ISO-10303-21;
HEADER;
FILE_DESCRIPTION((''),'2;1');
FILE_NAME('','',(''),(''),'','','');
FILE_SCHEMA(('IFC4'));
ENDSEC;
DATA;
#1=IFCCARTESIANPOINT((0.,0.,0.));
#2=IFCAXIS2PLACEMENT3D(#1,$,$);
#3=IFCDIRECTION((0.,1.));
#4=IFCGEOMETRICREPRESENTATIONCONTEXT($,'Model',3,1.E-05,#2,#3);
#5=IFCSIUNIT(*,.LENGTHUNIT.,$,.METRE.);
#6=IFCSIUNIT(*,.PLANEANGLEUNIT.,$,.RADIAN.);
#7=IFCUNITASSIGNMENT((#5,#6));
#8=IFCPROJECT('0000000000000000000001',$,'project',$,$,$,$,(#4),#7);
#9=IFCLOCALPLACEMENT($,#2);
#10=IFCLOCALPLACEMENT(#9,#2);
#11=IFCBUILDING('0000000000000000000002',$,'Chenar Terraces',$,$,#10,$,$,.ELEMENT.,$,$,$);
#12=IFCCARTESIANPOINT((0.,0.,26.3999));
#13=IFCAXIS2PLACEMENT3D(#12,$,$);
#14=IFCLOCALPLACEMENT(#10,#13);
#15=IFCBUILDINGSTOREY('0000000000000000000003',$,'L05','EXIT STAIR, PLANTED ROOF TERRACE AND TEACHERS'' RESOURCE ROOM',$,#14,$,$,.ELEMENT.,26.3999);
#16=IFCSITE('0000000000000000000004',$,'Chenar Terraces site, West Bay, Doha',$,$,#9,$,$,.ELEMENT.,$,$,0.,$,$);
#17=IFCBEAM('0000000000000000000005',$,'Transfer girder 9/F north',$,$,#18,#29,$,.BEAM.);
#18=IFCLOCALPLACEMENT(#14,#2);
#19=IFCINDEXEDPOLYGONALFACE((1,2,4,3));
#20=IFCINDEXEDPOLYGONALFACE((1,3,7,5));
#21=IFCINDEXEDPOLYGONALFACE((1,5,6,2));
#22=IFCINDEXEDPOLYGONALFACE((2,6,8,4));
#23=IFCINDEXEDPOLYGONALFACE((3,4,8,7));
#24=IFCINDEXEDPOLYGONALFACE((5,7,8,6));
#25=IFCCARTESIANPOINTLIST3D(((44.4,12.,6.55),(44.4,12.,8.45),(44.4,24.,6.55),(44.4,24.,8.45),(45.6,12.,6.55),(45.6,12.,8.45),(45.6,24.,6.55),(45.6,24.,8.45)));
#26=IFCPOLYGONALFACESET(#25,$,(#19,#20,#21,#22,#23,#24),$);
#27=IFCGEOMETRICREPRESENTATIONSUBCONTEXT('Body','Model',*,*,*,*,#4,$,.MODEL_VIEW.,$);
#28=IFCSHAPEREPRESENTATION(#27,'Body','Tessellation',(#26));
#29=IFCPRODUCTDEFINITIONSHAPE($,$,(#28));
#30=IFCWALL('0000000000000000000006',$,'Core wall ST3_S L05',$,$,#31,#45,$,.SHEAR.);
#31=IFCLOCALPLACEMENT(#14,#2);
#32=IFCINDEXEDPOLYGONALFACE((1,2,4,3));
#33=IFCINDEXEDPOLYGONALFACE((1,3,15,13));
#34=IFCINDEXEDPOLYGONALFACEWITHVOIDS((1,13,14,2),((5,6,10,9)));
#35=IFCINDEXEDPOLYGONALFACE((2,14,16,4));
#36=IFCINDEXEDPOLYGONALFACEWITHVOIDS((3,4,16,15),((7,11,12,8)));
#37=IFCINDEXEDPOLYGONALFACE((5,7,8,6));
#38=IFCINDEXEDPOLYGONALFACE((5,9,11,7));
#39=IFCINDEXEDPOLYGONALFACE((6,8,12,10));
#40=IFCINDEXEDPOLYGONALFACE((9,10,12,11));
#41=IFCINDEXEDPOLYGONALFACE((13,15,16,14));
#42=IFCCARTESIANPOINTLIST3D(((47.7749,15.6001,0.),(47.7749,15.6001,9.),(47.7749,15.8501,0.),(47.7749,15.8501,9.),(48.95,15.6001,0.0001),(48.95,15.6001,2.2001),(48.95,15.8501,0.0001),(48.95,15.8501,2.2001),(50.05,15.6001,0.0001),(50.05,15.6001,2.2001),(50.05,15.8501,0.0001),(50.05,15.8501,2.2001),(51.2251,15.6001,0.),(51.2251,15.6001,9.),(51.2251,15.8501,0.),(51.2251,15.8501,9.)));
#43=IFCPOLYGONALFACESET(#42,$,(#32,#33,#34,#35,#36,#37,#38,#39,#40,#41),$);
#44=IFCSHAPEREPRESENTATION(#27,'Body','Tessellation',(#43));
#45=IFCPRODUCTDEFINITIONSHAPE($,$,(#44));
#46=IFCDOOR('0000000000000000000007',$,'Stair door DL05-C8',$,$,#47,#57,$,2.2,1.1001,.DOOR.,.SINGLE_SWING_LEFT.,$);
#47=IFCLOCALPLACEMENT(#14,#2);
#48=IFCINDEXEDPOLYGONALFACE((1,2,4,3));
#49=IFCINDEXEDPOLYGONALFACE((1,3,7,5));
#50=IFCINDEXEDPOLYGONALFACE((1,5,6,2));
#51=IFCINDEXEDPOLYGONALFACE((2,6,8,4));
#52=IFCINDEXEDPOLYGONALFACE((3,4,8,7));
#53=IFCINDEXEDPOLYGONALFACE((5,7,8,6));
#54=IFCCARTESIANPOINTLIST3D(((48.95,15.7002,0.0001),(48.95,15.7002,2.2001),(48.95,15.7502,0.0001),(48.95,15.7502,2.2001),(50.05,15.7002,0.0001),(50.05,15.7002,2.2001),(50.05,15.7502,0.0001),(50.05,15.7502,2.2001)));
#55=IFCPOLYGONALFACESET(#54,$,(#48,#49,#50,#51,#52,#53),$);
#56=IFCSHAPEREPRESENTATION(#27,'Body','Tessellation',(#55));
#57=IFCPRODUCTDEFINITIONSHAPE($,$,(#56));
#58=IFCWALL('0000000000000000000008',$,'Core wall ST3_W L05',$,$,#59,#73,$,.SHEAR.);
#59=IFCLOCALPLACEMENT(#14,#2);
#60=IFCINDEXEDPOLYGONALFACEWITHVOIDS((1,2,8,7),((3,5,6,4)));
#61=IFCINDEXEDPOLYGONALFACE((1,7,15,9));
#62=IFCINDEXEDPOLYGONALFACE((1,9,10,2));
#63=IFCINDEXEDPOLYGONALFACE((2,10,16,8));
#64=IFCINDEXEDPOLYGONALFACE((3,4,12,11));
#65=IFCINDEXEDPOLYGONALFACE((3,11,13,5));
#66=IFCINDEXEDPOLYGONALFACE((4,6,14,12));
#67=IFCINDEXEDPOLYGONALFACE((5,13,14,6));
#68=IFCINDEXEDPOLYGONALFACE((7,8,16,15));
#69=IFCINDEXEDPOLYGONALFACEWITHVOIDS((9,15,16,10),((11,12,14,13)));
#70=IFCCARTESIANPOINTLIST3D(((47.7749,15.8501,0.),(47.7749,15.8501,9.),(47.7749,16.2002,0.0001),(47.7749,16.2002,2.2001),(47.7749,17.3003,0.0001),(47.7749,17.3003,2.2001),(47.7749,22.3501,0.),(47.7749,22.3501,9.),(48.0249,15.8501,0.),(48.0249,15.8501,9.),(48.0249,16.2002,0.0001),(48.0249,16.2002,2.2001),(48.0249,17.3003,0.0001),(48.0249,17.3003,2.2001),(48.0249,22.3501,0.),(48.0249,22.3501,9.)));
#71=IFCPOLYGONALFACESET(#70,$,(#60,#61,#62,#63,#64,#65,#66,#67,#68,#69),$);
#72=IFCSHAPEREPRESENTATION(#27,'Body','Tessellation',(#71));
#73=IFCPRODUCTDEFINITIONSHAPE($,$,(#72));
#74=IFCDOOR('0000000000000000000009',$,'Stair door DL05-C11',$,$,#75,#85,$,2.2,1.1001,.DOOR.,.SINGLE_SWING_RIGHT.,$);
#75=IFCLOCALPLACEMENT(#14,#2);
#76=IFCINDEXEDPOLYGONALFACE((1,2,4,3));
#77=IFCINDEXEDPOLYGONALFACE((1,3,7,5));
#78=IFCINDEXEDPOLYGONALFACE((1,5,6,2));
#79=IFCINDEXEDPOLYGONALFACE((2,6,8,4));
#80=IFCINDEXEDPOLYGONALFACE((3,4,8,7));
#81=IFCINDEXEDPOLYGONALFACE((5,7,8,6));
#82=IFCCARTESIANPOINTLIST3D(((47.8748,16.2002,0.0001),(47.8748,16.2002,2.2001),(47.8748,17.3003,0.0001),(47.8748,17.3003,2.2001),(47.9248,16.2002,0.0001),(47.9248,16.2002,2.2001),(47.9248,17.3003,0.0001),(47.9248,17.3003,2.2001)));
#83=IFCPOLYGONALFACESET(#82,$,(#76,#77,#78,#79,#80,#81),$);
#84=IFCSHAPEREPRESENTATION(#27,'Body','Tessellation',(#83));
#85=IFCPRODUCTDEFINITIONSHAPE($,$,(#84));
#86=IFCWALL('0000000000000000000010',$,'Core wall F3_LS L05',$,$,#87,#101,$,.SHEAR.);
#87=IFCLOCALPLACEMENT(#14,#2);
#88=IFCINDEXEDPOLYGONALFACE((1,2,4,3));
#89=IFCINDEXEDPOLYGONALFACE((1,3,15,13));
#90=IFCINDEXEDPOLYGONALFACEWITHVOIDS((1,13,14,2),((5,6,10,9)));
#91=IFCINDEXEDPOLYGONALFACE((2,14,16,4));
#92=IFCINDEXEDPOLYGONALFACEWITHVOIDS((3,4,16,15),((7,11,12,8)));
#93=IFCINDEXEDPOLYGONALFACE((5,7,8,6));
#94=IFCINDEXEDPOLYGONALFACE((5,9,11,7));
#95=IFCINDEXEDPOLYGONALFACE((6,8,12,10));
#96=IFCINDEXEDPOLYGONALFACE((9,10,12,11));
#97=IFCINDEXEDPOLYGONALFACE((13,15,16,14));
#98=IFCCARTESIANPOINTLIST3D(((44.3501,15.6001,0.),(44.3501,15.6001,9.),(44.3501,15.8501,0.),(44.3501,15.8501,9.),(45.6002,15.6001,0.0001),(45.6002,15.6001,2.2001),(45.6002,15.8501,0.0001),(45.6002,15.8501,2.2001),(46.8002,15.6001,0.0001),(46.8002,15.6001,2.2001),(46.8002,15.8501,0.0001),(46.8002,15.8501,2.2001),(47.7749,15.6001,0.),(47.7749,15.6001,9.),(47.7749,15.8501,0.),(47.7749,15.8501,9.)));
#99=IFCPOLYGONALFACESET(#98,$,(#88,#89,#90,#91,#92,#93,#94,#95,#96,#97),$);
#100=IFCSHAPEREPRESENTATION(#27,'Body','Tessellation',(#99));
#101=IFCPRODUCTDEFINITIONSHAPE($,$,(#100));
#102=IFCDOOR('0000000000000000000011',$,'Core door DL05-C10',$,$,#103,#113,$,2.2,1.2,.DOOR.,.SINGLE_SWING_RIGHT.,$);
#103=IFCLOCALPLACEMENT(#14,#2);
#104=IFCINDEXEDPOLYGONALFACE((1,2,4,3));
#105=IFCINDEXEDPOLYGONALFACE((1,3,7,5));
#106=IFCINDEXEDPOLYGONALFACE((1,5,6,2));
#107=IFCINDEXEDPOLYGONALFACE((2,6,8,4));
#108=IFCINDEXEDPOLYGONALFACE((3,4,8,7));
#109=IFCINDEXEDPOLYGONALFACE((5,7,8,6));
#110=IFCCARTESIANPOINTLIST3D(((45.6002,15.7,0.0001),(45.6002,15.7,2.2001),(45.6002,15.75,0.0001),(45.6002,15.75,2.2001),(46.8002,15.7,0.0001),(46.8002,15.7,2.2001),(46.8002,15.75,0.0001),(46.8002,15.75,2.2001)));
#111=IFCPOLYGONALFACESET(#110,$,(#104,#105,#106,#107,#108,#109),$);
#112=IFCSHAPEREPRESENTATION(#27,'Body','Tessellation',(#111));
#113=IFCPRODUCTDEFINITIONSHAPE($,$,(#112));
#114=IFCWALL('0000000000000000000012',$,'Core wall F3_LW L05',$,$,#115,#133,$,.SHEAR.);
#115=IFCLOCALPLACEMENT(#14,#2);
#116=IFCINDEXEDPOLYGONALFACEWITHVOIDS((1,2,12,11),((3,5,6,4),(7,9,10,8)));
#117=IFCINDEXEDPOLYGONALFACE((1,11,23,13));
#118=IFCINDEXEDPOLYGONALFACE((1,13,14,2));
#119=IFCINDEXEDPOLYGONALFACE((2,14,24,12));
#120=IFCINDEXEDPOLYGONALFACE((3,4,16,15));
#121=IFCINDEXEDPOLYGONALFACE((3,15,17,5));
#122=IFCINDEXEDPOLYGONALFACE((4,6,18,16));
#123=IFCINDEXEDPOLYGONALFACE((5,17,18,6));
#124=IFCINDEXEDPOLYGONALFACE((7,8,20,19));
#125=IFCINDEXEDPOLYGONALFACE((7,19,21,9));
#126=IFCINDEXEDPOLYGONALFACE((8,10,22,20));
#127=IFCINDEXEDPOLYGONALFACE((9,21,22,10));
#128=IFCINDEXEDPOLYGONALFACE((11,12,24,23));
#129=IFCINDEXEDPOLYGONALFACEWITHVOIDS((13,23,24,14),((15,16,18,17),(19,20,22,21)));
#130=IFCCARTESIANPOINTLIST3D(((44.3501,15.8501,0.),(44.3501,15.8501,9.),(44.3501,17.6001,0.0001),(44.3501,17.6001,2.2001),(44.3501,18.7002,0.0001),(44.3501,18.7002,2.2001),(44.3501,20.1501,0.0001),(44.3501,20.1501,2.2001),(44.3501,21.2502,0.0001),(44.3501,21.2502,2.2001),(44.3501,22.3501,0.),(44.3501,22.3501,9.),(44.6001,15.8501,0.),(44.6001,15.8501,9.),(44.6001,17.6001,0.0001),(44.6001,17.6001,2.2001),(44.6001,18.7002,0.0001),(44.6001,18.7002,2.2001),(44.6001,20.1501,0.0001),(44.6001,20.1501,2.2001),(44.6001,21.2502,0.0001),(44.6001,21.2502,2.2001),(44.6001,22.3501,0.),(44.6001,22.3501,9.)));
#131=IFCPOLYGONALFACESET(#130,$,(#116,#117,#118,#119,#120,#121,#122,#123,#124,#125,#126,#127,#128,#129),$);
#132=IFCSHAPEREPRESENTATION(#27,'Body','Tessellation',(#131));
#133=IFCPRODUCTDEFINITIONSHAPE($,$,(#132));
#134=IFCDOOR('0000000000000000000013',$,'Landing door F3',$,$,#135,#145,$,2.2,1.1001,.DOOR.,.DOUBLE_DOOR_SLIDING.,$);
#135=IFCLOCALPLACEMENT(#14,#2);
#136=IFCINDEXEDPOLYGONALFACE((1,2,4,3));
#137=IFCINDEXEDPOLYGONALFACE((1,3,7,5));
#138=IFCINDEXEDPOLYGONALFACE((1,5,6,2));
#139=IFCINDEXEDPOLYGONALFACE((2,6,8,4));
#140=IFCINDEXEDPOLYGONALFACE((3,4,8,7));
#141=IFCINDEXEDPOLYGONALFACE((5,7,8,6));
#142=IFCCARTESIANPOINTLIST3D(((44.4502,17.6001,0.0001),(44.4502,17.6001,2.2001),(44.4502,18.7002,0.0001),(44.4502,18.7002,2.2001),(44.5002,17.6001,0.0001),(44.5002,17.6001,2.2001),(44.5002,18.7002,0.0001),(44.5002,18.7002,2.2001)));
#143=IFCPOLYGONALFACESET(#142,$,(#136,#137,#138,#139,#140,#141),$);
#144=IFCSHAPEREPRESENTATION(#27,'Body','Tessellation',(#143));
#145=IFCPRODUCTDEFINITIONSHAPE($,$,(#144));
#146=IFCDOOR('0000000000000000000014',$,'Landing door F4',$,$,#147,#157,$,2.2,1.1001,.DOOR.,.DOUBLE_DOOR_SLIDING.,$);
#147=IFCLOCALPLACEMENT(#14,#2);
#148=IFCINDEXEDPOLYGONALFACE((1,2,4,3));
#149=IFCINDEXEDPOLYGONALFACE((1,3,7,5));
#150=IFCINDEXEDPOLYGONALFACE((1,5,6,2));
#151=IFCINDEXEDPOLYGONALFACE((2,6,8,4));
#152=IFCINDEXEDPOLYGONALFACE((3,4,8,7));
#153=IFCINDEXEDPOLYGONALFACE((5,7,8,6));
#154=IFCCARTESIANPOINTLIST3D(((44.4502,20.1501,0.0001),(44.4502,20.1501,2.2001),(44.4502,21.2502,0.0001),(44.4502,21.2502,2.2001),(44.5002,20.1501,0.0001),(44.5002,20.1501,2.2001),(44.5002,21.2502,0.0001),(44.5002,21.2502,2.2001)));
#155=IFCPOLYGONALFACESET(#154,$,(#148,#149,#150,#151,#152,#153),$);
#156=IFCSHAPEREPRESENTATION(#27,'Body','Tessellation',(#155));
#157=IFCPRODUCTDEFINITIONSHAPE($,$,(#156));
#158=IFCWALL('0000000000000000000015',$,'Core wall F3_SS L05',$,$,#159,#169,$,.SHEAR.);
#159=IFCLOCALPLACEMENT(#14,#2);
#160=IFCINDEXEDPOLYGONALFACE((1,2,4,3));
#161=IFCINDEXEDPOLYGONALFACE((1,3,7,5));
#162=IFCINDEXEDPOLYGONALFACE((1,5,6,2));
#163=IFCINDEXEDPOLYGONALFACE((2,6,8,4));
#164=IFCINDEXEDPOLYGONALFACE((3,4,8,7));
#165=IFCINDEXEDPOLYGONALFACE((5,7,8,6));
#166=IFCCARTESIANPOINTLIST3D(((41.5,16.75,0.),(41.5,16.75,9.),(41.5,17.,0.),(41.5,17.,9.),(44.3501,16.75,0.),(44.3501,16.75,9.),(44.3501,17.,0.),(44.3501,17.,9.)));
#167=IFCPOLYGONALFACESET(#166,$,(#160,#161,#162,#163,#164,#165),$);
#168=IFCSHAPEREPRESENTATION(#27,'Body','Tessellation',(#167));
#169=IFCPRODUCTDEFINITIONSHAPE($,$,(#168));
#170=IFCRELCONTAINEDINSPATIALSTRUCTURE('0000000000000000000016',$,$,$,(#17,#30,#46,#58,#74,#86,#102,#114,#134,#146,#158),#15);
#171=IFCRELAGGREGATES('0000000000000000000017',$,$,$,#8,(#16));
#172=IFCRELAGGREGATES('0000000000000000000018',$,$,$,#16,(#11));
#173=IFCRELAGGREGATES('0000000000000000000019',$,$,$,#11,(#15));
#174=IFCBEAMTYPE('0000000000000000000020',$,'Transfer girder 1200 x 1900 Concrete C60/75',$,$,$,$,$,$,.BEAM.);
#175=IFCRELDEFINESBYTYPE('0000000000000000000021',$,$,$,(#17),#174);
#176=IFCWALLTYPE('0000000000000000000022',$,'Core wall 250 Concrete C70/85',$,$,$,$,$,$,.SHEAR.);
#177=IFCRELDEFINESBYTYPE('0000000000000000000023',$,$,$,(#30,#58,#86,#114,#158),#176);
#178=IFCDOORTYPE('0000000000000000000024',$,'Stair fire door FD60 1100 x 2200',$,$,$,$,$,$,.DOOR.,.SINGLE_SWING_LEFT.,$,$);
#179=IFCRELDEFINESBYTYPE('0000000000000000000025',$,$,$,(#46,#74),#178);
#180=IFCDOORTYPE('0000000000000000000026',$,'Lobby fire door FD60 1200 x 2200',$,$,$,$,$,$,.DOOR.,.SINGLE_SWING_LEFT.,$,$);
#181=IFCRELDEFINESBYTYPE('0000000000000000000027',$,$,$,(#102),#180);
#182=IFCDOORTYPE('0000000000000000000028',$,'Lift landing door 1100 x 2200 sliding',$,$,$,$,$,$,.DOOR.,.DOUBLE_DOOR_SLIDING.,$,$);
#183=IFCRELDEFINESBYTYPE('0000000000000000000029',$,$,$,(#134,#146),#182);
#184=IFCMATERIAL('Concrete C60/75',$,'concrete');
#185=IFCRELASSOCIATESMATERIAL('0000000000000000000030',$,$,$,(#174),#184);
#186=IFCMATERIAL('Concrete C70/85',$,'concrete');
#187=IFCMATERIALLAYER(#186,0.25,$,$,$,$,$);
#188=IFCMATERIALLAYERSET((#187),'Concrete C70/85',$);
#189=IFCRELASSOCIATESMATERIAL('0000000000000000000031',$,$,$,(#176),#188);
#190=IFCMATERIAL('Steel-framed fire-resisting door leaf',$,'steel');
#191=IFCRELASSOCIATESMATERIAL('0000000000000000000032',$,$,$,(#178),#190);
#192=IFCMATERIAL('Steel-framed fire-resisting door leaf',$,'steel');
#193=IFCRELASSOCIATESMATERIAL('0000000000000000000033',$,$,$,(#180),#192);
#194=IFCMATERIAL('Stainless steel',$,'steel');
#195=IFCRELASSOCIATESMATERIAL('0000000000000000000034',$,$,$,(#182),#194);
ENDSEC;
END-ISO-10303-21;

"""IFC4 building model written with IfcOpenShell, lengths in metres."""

from ifc_helpers import new_model, si_unit, direction, frame, frame_2d, origin, origin_2d, place, context, subcontext, project, spatial, rectangle, extrude, material, layer, layer_set, material_profile, profile_set, type_object, element, fill, save


model = new_model("IFC4")

# Units and contexts
model_context = context("Model", 3, precision=1e-05, world=origin(), true_north=direction((0.0, 1.0)))
body_context = subcontext(model_context, "Body", "Model", "MODEL_VIEW")
ifc_project = project(units=[si_unit("LENGTHUNIT", "METRE"), si_unit("PLANEANGLEUNIT", "RADIAN")], contexts=[model_context])

# Site, building, storey
site_placement = place(None, origin())
site = spatial("IfcSite", under=ifc_project, at=site_placement, Name="Chenar Terraces site, West Bay, Doha", CompositionType="ELEMENT", RefElevation=0.0)
building_placement = place(site_placement, origin())
building = spatial("IfcBuilding", under=site, at=building_placement, Name="Chenar Terraces", CompositionType="ELEMENT")
storey_placement = place(building_placement, frame((0.0, 0.0, 26.3999)))
storey = spatial("IfcBuildingStorey", under=building, at=storey_placement, Name="L05", Description="EXIT STAIR, PLANTED ROOF TERRACE AND TEACHERS' RESOURCE ROOM", CompositionType="ELEMENT", Elevation=26.3999)

# Beam
ifc_material_1 = material(Name="Concrete C60/75", Category="concrete")
ifc_material_profile = material_profile(ifc_material_1, rectangle(XDim=1.2, YDim=1.8999, at=origin_2d()), Name="RC 1200 x 1900")
ifc_profile_set = profile_set([ifc_material_profile], Name="Concrete C60/75")
beam_type = type_object("IfcBeamType", Name="Transfer girder 1200 x 1900 Concrete C60/75", PredefinedType="BEAM", material=ifc_profile_set)
beam_placement = place(storey_placement, frame((45.0, 12.0, 8.45), z_axis=(0.0, 1.0, 0.0), x_axis=(-1.0, 0.0, 0.0)))
element("IfcBeam", 1, at=beam_placement, inside=storey, type_object=beam_type, Name="Transfer girder 9/F north", PredefinedType="BEAM", context=body_context, shape_type="SweptSolid", body=[
    extrude(rectangle(XDim=1.2, YDim=1.8999, at=frame_2d((0.0, -0.95))), origin(), (0.0, 0.0, 1.0), 12.0),
])

# Walls, openings, doors
ifc_material_2 = material(Name="Concrete C70/85", Category="concrete")
ifc_layer_1 = layer(ifc_material_2, 0.25)
ifc_layer_set_1 = layer_set([ifc_layer_1], Name="Concrete C70/85")
wall_type_1 = type_object("IfcWallType", Name="Core wall 250 Concrete C70/85", PredefinedType="SHEAR", material=ifc_layer_set_1)
wall_1_placement = place(storey_placement, frame((47.7749, 15.7251, 0.0), z_axis=(0.0, 0.0, 1.0), x_axis=(1.0, 0.0, 0.0)))
wall_1 = element("IfcWall", 2, at=wall_1_placement, inside=storey, type_object=wall_type_1, Name="Core wall ST3_S L05", PredefinedType="SHEAR", context=body_context, shape_type="SweptSolid", body=[
    extrude(rectangle(XDim=3.4502, YDim=0.25, at=frame_2d((1.7251, 0.0))), origin(), (0.0, 0.0, 1.0), 9.0),
])
opening_1_placement = place(wall_1_placement, frame((1.175, 0.0, 0.0)))
opening_1 = element("IfcOpeningElement", 3, at=opening_1_placement, cuts=wall_1, PredefinedType="OPENING", context=body_context, shape_type="SweptSolid", body=[
    extrude(rectangle(XDim=1.1001, YDim=2.2, at=frame_2d((0.55, 1.1001))), frame((0.0, 0.135, 0.0), z_axis=(0.0, -1.0, 0.0), x_axis=(1.0, 0.0, 0.0)), (0.0, 0.0, 1.0), 0.27),
])
ifc_material_3 = material(Name="Steel-framed fire-resisting door leaf", Category="steel")
door_type_1 = type_object("IfcDoorType", Name="Stair fire door FD60 1100 x 2200", OperationType="SINGLE_SWING_LEFT", PredefinedType="DOOR", material=ifc_material_3)
door_1_placement = place(opening_1_placement, frame((1.1001, 0.0, 0.0), z_axis=(0.0, 0.0, 1.0), x_axis=(-1.0, 0.0, 0.0)))
door_1 = element("IfcDoor", 4, at=door_1_placement, inside=storey, type_object=door_type_1, Name="Stair door DL05-C8", OperationType="SINGLE_SWING_LEFT", OverallHeight=2.2, OverallWidth=1.1001, PredefinedType="DOOR", context=body_context, shape_type="SweptSolid", body=[
    extrude(rectangle(XDim=1.1001, YDim=2.2, at=frame_2d((0.55, 1.1001))), frame((0.0, 0.0249, 0.0), z_axis=(0.0, -1.0, 0.0), x_axis=(1.0, 0.0, 0.0)), (0.0, 0.0, 1.0), 0.05),
])
fill(opening_1, door_1)
wall_2_placement = place(storey_placement, frame((47.8999, 15.8501, 0.0), z_axis=(0.0, 0.0, 1.0), x_axis=(0.0, 1.0, 0.0)))
wall_2 = element("IfcWall", 5, at=wall_2_placement, inside=storey, type_object=wall_type_1, Name="Core wall ST3_W L05", PredefinedType="SHEAR", context=body_context, shape_type="SweptSolid", body=[
    extrude(rectangle(XDim=6.5, YDim=0.25, at=frame_2d((3.25, 0.0))), origin(), (0.0, 0.0, 1.0), 9.0),
])
opening_2_placement = place(wall_2_placement, frame((0.3501, 0.0, 0.0)))
opening_2 = element("IfcOpeningElement", 6, at=opening_2_placement, cuts=wall_2, PredefinedType="OPENING", context=body_context, shape_type="SweptSolid", body=[
    extrude(rectangle(XDim=1.1001, YDim=2.2, at=frame_2d((0.55, 1.1001))), frame((0.0, 0.135, 0.0), z_axis=(0.0, -1.0, 0.0), x_axis=(1.0, 0.0, 0.0)), (0.0, 0.0, 1.0), 0.27),
])
door_2_placement = place(opening_2_placement, frame((1.1001, 0.0, 0.0), z_axis=(0.0, 0.0, 1.0), x_axis=(-1.0, 0.0, 0.0)))
door_2 = element("IfcDoor", 7, at=door_2_placement, inside=storey, type_object=door_type_1, Name="Stair door DL05-C11", OperationType="SINGLE_SWING_RIGHT", OverallHeight=2.2, OverallWidth=1.1001, PredefinedType="DOOR", context=body_context, shape_type="SweptSolid", body=[
    extrude(rectangle(XDim=1.1001, YDim=2.2, at=frame_2d((0.55, 1.1001))), frame((0.0, 0.0249, 0.0), z_axis=(0.0, -1.0, 0.0), x_axis=(1.0, 0.0, 0.0)), (0.0, 0.0, 1.0), 0.05),
])
fill(opening_2, door_2)
wall_3_placement = place(storey_placement, frame((44.3501, 15.7251, 0.0), z_axis=(0.0, 0.0, 1.0), x_axis=(1.0, 0.0, 0.0)))
wall_3 = element("IfcWall", 8, at=wall_3_placement, inside=storey, type_object=wall_type_1, Name="Core wall F3_LS L05", PredefinedType="SHEAR", context=body_context, shape_type="SweptSolid", body=[
    extrude(rectangle(XDim=3.4248, YDim=0.25, at=frame_2d((1.7124, 0.0))), origin(), (0.0, 0.0, 1.0), 9.0),
])
opening_3_placement = place(wall_3_placement, frame((1.25, 0.0, 0.0)))
opening_3 = element("IfcOpeningElement", 9, at=opening_3_placement, cuts=wall_3, PredefinedType="OPENING", context=body_context, shape_type="SweptSolid", body=[
    extrude(rectangle(XDim=1.2, YDim=2.2, at=frame_2d((0.6001, 1.1001))), frame((0.0, 0.135, 0.0), z_axis=(0.0, -1.0, 0.0), x_axis=(1.0, 0.0, 0.0)), (0.0, 0.0, 1.0), 0.27),
])
ifc_material_4 = material(Name="Steel-framed fire-resisting door leaf", Category="steel")
door_type_2 = type_object("IfcDoorType", Name="Lobby fire door FD60 1200 x 2200", OperationType="SINGLE_SWING_LEFT", PredefinedType="DOOR", material=ifc_material_4)
door_3_placement = place(opening_3_placement, origin())
door_3 = element("IfcDoor", 10, at=door_3_placement, inside=storey, type_object=door_type_2, Name="Core door DL05-C10", OperationType="SINGLE_SWING_RIGHT", OverallHeight=2.2, OverallWidth=1.2, PredefinedType="DOOR", context=body_context, shape_type="SweptSolid", body=[
    extrude(rectangle(XDim=1.2, YDim=2.2, at=frame_2d((0.6001, 1.1001))), frame((0.0, 0.0249, 0.0), z_axis=(0.0, -1.0, 0.0), x_axis=(1.0, 0.0, 0.0)), (0.0, 0.0, 1.0), 0.05),
])
fill(opening_3, door_3)

# Wall, openings, doors
wall_4_placement = place(storey_placement, frame((44.4751, 15.8501, 0.0), z_axis=(0.0, 0.0, 1.0), x_axis=(0.0, 1.0, 0.0)))
wall_4 = element("IfcWall", 11, at=wall_4_placement, inside=storey, type_object=wall_type_1, Name="Core wall F3_LW L05", PredefinedType="SHEAR", context=body_context, shape_type="SweptSolid", body=[
    extrude(rectangle(XDim=6.5, YDim=0.25, at=frame_2d((3.25, 0.0))), origin(), (0.0, 0.0, 1.0), 9.0),
])
opening_4_placement = place(wall_4_placement, frame((1.75, 0.0, 0.0)))
opening_4 = element("IfcOpeningElement", 12, at=opening_4_placement, cuts=wall_4, PredefinedType="OPENING", context=body_context, shape_type="SweptSolid", body=[
    extrude(rectangle(XDim=1.1001, YDim=2.2, at=frame_2d((0.55, 1.1001))), frame((0.0, 0.135, 0.0), z_axis=(0.0, -1.0, 0.0), x_axis=(1.0, 0.0, 0.0)), (0.0, 0.0, 1.0), 0.27),
])
opening_5_placement = place(wall_4_placement, frame((4.3, 0.0, 0.0)))
opening_5 = element("IfcOpeningElement", 13, at=opening_5_placement, cuts=wall_4, PredefinedType="OPENING", context=body_context, shape_type="SweptSolid", body=[
    extrude(rectangle(XDim=1.1001, YDim=2.2, at=frame_2d((0.55, 1.1001))), frame((0.0, 0.135, 0.0), z_axis=(0.0, -1.0, 0.0), x_axis=(1.0, 0.0, 0.0)), (0.0, 0.0, 1.0), 0.27),
])
ifc_material_5 = material(Name="Stainless steel", Category="steel")
door_type_3 = type_object("IfcDoorType", Name="Lift landing door 1100 x 2200 sliding", OperationType="DOUBLE_DOOR_SLIDING", PredefinedType="DOOR", material=ifc_material_5)
door_4_placement = place(opening_4_placement, origin())
door_4 = element("IfcDoor", 14, at=door_4_placement, inside=storey, type_object=door_type_3, Name="Landing door F3", OperationType="DOUBLE_DOOR_SLIDING", OverallHeight=2.2, OverallWidth=1.1001, PredefinedType="DOOR", context=body_context, shape_type="SweptSolid", body=[
    extrude(rectangle(XDim=1.1001, YDim=2.2, at=frame_2d((0.55, 1.1001))), frame((0.0, 0.0249, 0.0), z_axis=(0.0, -1.0, 0.0), x_axis=(1.0, 0.0, 0.0)), (0.0, 0.0, 1.0), 0.05),
])
fill(opening_4, door_4)
door_5_placement = place(opening_5_placement, origin())
door_5 = element("IfcDoor", 15, at=door_5_placement, inside=storey, type_object=door_type_3, Name="Landing door F4", OperationType="DOUBLE_DOOR_SLIDING", OverallHeight=2.2, OverallWidth=1.1001, PredefinedType="DOOR", context=body_context, shape_type="SweptSolid", body=[
    extrude(rectangle(XDim=1.1001, YDim=2.2, at=frame_2d((0.55, 1.1001))), frame((0.0, 0.0249, 0.0), z_axis=(0.0, -1.0, 0.0), x_axis=(1.0, 0.0, 0.0)), (0.0, 0.0, 1.0), 0.05),
])
fill(opening_5, door_5)

# Wall
wall_5_placement = place(storey_placement, frame((41.5, 16.875, 0.0), z_axis=(0.0, 0.0, 1.0), x_axis=(1.0, 0.0, 0.0)))
element("IfcWall", 16, at=wall_5_placement, inside=storey, type_object=wall_type_1, Name="Core wall F3_SS L05", PredefinedType="SHEAR", context=body_context, shape_type="SweptSolid", body=[
    extrude(rectangle(XDim=2.8501, YDim=0.25, at=frame_2d((1.425, 0.0))), origin(), (0.0, 0.0, 1.0), 9.0),
])

save(model, "model.ifc")
